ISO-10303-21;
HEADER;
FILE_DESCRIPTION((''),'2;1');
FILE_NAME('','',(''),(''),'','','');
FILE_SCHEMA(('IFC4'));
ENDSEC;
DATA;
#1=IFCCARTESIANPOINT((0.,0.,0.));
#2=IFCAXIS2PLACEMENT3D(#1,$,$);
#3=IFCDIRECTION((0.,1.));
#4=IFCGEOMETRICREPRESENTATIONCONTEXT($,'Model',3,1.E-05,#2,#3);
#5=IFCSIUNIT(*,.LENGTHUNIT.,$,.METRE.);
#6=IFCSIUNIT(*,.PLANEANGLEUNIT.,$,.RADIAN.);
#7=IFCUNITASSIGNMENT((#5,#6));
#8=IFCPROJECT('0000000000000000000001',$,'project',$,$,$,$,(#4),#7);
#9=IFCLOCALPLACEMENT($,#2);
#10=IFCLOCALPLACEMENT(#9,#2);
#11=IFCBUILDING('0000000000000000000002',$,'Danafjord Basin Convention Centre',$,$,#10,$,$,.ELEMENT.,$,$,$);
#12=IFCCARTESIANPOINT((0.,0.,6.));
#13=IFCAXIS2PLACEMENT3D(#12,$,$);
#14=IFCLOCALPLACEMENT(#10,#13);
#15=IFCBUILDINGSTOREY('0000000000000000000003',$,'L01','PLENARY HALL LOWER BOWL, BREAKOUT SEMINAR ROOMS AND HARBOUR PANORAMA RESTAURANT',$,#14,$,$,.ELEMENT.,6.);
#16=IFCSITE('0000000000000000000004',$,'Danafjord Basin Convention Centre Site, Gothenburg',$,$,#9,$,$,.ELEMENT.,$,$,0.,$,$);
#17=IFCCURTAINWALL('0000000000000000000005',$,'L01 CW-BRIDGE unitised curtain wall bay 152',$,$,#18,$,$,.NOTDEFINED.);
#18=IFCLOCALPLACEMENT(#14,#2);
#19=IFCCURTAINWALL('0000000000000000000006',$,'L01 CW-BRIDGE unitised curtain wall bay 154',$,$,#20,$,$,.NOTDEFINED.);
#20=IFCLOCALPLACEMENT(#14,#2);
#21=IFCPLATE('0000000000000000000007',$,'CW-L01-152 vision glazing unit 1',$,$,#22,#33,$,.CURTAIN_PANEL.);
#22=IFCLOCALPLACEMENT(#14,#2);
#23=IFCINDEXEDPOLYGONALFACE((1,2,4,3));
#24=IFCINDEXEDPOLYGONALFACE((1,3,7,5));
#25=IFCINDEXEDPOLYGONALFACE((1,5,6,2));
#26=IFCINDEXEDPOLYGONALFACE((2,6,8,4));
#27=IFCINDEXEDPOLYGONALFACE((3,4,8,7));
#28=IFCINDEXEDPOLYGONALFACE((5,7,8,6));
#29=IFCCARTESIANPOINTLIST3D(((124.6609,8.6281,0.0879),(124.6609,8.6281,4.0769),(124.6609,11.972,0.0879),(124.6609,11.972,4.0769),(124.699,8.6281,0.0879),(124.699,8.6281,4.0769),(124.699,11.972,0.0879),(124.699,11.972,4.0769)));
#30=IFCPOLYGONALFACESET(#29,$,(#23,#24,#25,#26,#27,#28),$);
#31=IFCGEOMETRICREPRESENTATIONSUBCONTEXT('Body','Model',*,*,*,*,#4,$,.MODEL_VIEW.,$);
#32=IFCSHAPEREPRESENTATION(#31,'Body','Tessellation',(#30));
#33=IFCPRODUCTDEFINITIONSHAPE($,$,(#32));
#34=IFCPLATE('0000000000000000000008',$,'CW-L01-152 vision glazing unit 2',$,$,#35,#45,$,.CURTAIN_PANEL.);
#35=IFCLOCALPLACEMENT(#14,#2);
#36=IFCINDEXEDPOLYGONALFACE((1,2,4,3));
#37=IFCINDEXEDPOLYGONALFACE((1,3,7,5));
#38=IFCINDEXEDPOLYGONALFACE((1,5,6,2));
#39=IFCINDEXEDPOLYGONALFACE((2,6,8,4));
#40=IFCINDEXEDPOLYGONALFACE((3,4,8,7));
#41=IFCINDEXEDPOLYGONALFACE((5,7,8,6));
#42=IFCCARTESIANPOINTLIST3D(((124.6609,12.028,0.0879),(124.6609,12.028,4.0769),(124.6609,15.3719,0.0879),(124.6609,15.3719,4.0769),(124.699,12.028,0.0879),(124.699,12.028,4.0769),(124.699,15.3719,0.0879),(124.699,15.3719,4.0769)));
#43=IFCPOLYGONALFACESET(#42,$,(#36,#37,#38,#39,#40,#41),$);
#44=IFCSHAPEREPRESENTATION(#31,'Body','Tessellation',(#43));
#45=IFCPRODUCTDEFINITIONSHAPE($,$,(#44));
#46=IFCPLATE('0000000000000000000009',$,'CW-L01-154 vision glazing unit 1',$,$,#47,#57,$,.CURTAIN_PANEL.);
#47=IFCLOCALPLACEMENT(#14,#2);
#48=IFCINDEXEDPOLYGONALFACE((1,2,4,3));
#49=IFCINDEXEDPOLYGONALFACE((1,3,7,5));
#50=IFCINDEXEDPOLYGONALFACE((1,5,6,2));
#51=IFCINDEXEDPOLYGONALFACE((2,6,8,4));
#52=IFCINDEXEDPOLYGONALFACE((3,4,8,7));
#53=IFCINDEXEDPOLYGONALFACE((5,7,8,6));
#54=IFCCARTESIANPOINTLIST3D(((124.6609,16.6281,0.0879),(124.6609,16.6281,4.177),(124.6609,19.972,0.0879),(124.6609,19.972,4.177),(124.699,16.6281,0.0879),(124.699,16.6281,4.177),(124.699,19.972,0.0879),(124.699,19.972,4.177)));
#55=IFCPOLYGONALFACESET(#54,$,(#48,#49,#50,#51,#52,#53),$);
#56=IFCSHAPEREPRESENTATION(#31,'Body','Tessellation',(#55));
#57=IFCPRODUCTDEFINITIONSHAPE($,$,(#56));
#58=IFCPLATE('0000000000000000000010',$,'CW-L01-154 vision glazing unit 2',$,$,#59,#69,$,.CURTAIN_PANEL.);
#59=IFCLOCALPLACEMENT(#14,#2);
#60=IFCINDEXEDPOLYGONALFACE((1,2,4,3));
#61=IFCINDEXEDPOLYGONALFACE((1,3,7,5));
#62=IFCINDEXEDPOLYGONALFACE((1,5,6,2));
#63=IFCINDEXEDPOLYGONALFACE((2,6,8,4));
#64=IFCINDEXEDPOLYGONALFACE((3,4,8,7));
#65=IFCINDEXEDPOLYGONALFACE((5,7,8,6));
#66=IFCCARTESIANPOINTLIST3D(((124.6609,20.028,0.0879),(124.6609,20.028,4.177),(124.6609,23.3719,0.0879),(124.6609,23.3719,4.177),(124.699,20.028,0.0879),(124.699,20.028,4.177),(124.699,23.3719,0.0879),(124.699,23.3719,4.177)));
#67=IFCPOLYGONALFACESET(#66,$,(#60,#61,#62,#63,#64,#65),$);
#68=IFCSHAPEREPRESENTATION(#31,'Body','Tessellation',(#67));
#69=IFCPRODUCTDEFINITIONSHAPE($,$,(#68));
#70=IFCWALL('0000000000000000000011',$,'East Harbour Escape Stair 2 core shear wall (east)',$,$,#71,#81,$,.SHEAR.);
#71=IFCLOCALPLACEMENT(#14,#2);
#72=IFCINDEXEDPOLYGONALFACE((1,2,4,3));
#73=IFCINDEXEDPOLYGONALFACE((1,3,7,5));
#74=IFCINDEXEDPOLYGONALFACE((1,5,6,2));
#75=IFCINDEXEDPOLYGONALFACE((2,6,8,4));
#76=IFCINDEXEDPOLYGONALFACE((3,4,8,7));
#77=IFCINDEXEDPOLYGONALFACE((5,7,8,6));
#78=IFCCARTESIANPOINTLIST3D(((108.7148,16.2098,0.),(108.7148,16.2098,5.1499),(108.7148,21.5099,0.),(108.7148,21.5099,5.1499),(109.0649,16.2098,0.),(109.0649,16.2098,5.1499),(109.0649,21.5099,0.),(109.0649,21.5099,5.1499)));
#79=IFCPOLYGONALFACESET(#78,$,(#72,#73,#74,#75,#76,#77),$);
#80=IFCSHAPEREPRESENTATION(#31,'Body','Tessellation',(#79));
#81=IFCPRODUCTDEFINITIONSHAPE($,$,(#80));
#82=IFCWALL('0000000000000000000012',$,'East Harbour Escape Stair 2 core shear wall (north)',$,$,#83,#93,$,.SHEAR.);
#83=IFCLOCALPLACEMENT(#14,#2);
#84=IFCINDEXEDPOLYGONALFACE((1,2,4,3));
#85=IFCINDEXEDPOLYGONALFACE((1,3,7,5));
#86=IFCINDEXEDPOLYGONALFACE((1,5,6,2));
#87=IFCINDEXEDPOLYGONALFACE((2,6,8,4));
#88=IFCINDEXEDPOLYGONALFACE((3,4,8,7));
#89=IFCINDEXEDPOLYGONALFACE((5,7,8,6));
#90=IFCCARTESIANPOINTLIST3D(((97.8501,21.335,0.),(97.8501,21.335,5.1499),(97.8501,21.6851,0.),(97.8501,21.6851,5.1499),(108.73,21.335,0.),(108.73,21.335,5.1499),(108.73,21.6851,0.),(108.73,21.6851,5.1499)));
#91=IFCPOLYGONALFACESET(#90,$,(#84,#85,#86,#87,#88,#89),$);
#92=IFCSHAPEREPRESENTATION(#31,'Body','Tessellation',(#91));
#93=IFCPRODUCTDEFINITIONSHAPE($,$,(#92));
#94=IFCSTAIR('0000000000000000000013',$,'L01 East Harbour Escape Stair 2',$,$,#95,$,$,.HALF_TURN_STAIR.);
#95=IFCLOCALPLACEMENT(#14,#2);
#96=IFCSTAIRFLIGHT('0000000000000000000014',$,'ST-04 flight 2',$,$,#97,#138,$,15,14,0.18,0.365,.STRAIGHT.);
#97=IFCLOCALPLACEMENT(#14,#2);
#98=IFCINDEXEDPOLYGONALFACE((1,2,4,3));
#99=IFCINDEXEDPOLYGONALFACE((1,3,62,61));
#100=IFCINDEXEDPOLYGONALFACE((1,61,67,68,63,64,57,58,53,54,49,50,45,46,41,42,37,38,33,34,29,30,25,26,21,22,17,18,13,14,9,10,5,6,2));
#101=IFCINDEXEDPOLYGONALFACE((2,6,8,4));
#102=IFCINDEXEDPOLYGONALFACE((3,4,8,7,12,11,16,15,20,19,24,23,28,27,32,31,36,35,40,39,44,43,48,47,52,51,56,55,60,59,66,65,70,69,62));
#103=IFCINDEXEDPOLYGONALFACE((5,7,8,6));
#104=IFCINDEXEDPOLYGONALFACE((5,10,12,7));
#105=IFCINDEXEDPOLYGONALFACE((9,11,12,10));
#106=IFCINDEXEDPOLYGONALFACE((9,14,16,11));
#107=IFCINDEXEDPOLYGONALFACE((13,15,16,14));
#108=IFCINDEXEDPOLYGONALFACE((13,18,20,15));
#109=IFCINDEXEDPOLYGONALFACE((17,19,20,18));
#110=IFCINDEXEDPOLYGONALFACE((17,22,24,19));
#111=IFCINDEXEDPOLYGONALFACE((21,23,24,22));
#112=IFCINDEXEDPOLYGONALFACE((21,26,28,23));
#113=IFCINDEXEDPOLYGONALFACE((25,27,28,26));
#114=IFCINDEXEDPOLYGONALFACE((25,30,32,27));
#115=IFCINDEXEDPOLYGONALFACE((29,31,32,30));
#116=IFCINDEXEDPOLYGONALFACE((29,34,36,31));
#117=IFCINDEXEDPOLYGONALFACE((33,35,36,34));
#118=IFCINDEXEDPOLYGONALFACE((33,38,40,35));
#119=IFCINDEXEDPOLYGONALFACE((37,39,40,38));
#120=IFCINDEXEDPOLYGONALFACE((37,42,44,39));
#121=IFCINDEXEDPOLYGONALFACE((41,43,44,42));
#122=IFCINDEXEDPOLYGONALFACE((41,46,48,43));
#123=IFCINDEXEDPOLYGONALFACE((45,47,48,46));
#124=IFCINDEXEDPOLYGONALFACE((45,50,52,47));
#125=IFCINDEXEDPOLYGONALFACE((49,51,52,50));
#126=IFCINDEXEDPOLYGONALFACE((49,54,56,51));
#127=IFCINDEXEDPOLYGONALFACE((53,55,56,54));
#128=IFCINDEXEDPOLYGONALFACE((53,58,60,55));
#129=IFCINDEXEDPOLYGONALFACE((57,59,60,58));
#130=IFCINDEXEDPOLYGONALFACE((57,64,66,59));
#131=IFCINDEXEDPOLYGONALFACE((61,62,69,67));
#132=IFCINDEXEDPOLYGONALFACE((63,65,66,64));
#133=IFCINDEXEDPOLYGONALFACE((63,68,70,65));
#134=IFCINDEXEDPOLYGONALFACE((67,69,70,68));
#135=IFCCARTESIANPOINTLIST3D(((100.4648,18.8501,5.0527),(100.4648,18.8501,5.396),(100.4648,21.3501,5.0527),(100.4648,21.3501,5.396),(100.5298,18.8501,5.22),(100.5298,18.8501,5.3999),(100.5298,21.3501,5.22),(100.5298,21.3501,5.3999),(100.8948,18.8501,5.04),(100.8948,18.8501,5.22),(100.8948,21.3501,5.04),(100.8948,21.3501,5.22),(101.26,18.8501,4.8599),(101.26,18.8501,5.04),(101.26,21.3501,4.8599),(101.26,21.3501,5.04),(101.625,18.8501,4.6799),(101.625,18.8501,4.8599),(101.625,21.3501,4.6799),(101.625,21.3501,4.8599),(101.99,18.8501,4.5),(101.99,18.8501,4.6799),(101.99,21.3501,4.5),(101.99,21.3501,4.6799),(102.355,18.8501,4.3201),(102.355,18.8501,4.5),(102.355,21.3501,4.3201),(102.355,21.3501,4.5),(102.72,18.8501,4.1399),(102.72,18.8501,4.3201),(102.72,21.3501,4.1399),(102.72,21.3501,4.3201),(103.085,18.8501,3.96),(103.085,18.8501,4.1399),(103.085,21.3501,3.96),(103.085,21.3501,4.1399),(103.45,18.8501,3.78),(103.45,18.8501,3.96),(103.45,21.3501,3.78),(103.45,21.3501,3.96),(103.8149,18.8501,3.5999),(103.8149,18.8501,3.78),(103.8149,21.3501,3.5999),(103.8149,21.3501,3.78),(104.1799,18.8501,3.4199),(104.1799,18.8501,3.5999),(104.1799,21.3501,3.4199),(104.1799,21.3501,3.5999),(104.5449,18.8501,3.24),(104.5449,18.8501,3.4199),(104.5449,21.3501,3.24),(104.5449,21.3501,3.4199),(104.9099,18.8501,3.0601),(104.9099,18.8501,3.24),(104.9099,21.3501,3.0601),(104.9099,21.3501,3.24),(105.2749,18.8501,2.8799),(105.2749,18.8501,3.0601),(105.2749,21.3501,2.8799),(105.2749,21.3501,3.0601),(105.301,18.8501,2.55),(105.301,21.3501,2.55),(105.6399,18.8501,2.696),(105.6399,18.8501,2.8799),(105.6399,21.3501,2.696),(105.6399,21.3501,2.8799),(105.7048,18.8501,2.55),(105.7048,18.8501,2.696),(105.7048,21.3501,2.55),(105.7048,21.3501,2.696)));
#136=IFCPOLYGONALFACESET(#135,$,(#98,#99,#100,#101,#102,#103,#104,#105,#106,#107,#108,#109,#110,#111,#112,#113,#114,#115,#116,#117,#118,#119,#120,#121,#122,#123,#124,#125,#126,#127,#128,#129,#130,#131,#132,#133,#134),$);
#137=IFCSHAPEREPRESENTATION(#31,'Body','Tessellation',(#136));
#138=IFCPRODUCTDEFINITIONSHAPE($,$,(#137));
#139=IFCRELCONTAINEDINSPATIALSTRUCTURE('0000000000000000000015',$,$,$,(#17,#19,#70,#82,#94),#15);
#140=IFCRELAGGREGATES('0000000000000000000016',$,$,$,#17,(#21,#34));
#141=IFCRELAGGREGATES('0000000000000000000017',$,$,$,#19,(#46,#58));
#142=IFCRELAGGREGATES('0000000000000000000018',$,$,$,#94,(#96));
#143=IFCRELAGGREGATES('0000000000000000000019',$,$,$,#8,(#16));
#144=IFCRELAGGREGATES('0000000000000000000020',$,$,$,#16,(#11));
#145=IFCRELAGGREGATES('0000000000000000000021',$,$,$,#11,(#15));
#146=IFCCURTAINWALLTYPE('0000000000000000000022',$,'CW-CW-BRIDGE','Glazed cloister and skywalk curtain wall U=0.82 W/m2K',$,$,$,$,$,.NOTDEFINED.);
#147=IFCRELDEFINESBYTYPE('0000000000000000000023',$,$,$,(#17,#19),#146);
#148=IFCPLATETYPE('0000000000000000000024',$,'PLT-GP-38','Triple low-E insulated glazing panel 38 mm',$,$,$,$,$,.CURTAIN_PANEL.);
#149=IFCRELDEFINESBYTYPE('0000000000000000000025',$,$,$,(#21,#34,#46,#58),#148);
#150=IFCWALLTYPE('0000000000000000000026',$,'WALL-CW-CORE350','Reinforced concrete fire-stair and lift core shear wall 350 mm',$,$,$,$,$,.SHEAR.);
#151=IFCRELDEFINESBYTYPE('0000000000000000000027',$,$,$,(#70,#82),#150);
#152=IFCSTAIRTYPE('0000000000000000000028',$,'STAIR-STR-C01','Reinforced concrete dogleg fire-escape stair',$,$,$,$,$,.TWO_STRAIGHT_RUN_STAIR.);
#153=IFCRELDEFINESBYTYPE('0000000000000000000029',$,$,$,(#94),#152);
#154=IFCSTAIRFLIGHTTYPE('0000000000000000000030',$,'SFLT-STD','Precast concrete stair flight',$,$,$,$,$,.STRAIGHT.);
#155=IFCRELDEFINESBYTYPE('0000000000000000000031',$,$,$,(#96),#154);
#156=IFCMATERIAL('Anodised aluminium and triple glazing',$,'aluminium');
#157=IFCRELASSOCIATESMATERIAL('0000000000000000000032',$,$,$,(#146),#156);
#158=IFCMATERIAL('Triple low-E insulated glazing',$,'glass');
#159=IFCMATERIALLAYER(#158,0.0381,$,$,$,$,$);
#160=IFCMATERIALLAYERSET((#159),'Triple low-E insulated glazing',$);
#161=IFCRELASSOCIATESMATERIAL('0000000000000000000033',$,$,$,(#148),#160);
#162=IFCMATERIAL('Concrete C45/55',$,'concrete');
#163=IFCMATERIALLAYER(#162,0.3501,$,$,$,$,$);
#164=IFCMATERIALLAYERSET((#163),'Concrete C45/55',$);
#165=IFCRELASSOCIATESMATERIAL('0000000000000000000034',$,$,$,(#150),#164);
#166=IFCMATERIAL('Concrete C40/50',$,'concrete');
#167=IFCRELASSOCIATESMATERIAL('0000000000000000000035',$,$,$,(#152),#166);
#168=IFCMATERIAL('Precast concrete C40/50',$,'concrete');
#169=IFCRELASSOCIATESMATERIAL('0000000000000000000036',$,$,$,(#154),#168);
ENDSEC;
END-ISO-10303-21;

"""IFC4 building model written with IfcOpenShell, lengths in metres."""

from ifc_helpers import new_model, si_unit, direction, frame, frame_2d, origin, origin_2d, place, context, subcontext, project, spatial, polyline, rectangle, outline, extrude, material, layer, layer_set, type_object, element, aggregate, save


model = new_model("IFC4")

# Units and contexts
model_context = context("Model", 3, precision=1e-05, world=origin(), true_north=direction((0.0, 1.0)))
body_context = subcontext(model_context, "Body", "Model", "MODEL_VIEW")
ifc_project = project(units=[si_unit("LENGTHUNIT", "METRE"), si_unit("PLANEANGLEUNIT", "RADIAN")], contexts=[model_context])

# Site, building, storey
site_placement = place(None, origin())
site = spatial("IfcSite", under=ifc_project, at=site_placement, Name="Danafjord Basin Convention Centre Site, Gothenburg", CompositionType="ELEMENT", RefElevation=0.0)
building_placement = place(site_placement, origin())
building = spatial("IfcBuilding", under=site, at=building_placement, Name="Danafjord Basin Convention Centre", CompositionType="ELEMENT")
storey_placement = place(building_placement, frame((0.0, 0.0, 6.0)))
storey = spatial("IfcBuildingStorey", under=building, at=storey_placement, Name="L01", Description="PLENARY HALL LOWER BOWL, BREAKOUT SEMINAR ROOMS AND HARBOUR PANORAMA RESTAURANT", CompositionType="ELEMENT", Elevation=6.0)

# Curtain walls
ifc_material_1 = material(Name="Anodised aluminium and triple glazing", Category="aluminium")
curtain_wall_type_1 = type_object("IfcCurtainWallType", Name="CW-CW-BRIDGE", Description="Glazed cloister and skywalk curtain wall U=0.82 W/m2K", PredefinedType="NOTDEFINED", material=ifc_material_1)
curtain_wall_1_placement = place(storey_placement, origin())
curtain_wall_1 = element("IfcCurtainWall", 1, at=curtain_wall_1_placement, inside=storey, type_object=curtain_wall_type_1, Name="L01 CW-BRIDGE unitised curtain wall bay 152", PredefinedType="NOTDEFINED")
curtain_wall_2_placement = place(storey_placement, origin())
curtain_wall_2 = element("IfcCurtainWall", 2, at=curtain_wall_2_placement, inside=storey, type_object=curtain_wall_type_1, Name="L01 CW-BRIDGE unitised curtain wall bay 154", PredefinedType="NOTDEFINED")

# Plates
ifc_material_2 = material(Name="Triple low-E insulated glazing", Category="glass")
ifc_layer_1 = layer(ifc_material_2, 0.0381)
ifc_layer_set_1 = layer_set([ifc_layer_1], Name="Triple low-E insulated glazing")
plate_type = type_object("IfcPlateType", Name="PLT-GP-38", Description="Triple low-E insulated glazing panel 38 mm", PredefinedType="CURTAIN_PANEL", material=ifc_layer_set_1)
plate_1_placement = place(storey_placement, frame((124.6799, 10.3, 0.0879), z_axis=(0.0, 0.0, 1.0), x_axis=(0.0, 1.0, 0.0)))
plate_1 = element("IfcPlate", 3, at=plate_1_placement, type_object=plate_type, Name="CW-L01-152 vision glazing unit 1", PredefinedType="CURTAIN_PANEL", context=body_context, shape_type="SweptSolid", body=[
    extrude(rectangle(XDim=3.344, YDim=0.0381, at=origin_2d()), origin(), (0.0, 0.0, 1.0), 3.989),
])
plate_2_placement = place(storey_placement, frame((124.6799, 13.7, 0.0879), z_axis=(0.0, 0.0, 1.0), x_axis=(0.0, 1.0, 0.0)))
plate_2 = element("IfcPlate", 4, at=plate_2_placement, type_object=plate_type, Name="CW-L01-152 vision glazing unit 2", PredefinedType="CURTAIN_PANEL", context=body_context, shape_type="SweptSolid", body=[
    extrude(rectangle(XDim=3.344, YDim=0.0381, at=origin_2d()), origin(), (0.0, 0.0, 1.0), 3.989),
])
aggregate(curtain_wall_1, [plate_1, plate_2])
plate_3_placement = place(storey_placement, frame((124.6799, 18.3, 0.0879), z_axis=(0.0, 0.0, 1.0), x_axis=(0.0, 1.0, 0.0)))
plate_3 = element("IfcPlate", 5, at=plate_3_placement, type_object=plate_type, Name="CW-L01-154 vision glazing unit 1", PredefinedType="CURTAIN_PANEL", context=body_context, shape_type="SweptSolid", body=[
    extrude(rectangle(XDim=3.344, YDim=0.0381, at=origin_2d()), origin(), (0.0, 0.0, 1.0), 4.0891),
])
plate_4_placement = place(storey_placement, frame((124.6799, 21.7, 0.0879), z_axis=(0.0, 0.0, 1.0), x_axis=(0.0, 1.0, 0.0)))
plate_4 = element("IfcPlate", 6, at=plate_4_placement, type_object=plate_type, Name="CW-L01-154 vision glazing unit 2", PredefinedType="CURTAIN_PANEL", context=body_context, shape_type="SweptSolid", body=[
    extrude(rectangle(XDim=3.344, YDim=0.0381, at=origin_2d()), origin(), (0.0, 0.0, 1.0), 4.0891),
])
aggregate(curtain_wall_2, [plate_3, plate_4])

# Walls
ifc_material_3 = material(Name="Concrete C45/55", Category="concrete")
ifc_layer_2 = layer(ifc_material_3, 0.3501)
ifc_layer_set_2 = layer_set([ifc_layer_2], Name="Concrete C45/55")
wall_type = type_object("IfcWallType", Name="WALL-CW-CORE350", Description="Reinforced concrete fire-stair and lift core shear wall 350 mm", PredefinedType="SHEAR", material=ifc_layer_set_2)
wall_1_placement = place(storey_placement, frame((108.8899, 16.21, 0.0), z_axis=(0.0, 0.0, 1.0), x_axis=(0.0, 1.0, 0.0)))
element("IfcWall", 7, at=wall_1_placement, inside=storey, type_object=wall_type, Name="East Harbour Escape Stair 2 core shear wall (east)", PredefinedType="SHEAR", context=body_context, shape_type="SweptSolid", body=[
    extrude(rectangle(XDim=5.3, YDim=0.3501, at=frame_2d((2.6499, 0.0))), origin(), (0.0, 0.0, 1.0), 5.1499),
])
wall_2_placement = place(storey_placement, frame((108.73, 21.51, 0.0), z_axis=(0.0, 0.0, 1.0), x_axis=(-1.0, 0.0, 0.0)))
element("IfcWall", 8, at=wall_2_placement, inside=storey, type_object=wall_type, Name="East Harbour Escape Stair 2 core shear wall (north)", PredefinedType="SHEAR", context=body_context, shape_type="SweptSolid", body=[
    extrude(rectangle(XDim=10.8799, YDim=0.3501, at=frame_2d((5.4399, 0.0))), origin(), (0.0, 0.0, 1.0), 5.1499),
])

# Stair, stair flight
ifc_material_4 = material(Name="Concrete C40/50", Category="concrete")
stair_type = type_object("IfcStairType", Name="STAIR-STR-C01", Description="Reinforced concrete dogleg fire-escape stair", PredefinedType="TWO_STRAIGHT_RUN_STAIR", material=ifc_material_4)
stair_placement = place(storey_placement, origin())
stair = element("IfcStair", 9, at=stair_placement, inside=storey, type_object=stair_type, Name="L01 East Harbour Escape Stair 2", PredefinedType="HALF_TURN_STAIR")
ifc_material_5 = material(Name="Precast concrete C40/50", Category="concrete")
stair_flight_type = type_object("IfcStairFlightType", Name="SFLT-STD", Description="Precast concrete stair flight", PredefinedType="STRAIGHT", material=ifc_material_5)
stair_flight_placement = place(storey_placement, frame((105.6399, 20.1001, 2.7), z_axis=(0.0, 0.0, 1.0), x_axis=(-1.0, 0.0, 0.0)))
stair_flight = element("IfcStairFlight", 10, at=stair_flight_placement, type_object=stair_flight_type, Name="ST-04 flight 2", NumberOfRisers=15, NumberOfTreads=14, PredefinedType="STRAIGHT", RiserHeight=0.18, TreadLength=0.365, context=body_context, shape_type="SweptSolid", body=[
    extrude(outline(polyline([(-0.0649, -0.1499), (-0.0649, -0.0039), (0.0, -0.0039), (0.0, 0.1799), (0.365, 0.1799), (0.365, 0.3601), (0.73, 0.3601), (0.73, 0.54), (1.095, 0.54), (1.095, 0.72), (1.46, 0.72), (1.46, 0.8999), (1.825, 0.8999), (1.825, 1.0801), (2.1899, 1.0801), (2.1899, 1.26), (2.5549, 1.26), (2.5549, 1.4399), (2.9199, 1.4399), (2.9199, 1.6201), (3.2849, 1.6201), (3.2849, 1.8), (3.6499, 1.8), (3.6499, 1.98), (4.0149, 1.98), (4.0149, 2.1599), (4.3799, 2.1599), (4.3799, 2.3401), (4.7451, 2.3401), (4.7451, 2.52), (5.1101, 2.52), (5.1101, 2.7), (5.175, 2.696), (5.175, 2.3528), (0.3389, -0.1499), (-0.0649, -0.1499)])), frame((0.0, 1.25, 0.0), z_axis=(0.0, -1.0, 0.0), x_axis=(1.0, 0.0, 0.0)), (0.0, 0.0, 1.0), 2.5),
])
aggregate(stair, [stair_flight])

save(model, "model.ifc")
